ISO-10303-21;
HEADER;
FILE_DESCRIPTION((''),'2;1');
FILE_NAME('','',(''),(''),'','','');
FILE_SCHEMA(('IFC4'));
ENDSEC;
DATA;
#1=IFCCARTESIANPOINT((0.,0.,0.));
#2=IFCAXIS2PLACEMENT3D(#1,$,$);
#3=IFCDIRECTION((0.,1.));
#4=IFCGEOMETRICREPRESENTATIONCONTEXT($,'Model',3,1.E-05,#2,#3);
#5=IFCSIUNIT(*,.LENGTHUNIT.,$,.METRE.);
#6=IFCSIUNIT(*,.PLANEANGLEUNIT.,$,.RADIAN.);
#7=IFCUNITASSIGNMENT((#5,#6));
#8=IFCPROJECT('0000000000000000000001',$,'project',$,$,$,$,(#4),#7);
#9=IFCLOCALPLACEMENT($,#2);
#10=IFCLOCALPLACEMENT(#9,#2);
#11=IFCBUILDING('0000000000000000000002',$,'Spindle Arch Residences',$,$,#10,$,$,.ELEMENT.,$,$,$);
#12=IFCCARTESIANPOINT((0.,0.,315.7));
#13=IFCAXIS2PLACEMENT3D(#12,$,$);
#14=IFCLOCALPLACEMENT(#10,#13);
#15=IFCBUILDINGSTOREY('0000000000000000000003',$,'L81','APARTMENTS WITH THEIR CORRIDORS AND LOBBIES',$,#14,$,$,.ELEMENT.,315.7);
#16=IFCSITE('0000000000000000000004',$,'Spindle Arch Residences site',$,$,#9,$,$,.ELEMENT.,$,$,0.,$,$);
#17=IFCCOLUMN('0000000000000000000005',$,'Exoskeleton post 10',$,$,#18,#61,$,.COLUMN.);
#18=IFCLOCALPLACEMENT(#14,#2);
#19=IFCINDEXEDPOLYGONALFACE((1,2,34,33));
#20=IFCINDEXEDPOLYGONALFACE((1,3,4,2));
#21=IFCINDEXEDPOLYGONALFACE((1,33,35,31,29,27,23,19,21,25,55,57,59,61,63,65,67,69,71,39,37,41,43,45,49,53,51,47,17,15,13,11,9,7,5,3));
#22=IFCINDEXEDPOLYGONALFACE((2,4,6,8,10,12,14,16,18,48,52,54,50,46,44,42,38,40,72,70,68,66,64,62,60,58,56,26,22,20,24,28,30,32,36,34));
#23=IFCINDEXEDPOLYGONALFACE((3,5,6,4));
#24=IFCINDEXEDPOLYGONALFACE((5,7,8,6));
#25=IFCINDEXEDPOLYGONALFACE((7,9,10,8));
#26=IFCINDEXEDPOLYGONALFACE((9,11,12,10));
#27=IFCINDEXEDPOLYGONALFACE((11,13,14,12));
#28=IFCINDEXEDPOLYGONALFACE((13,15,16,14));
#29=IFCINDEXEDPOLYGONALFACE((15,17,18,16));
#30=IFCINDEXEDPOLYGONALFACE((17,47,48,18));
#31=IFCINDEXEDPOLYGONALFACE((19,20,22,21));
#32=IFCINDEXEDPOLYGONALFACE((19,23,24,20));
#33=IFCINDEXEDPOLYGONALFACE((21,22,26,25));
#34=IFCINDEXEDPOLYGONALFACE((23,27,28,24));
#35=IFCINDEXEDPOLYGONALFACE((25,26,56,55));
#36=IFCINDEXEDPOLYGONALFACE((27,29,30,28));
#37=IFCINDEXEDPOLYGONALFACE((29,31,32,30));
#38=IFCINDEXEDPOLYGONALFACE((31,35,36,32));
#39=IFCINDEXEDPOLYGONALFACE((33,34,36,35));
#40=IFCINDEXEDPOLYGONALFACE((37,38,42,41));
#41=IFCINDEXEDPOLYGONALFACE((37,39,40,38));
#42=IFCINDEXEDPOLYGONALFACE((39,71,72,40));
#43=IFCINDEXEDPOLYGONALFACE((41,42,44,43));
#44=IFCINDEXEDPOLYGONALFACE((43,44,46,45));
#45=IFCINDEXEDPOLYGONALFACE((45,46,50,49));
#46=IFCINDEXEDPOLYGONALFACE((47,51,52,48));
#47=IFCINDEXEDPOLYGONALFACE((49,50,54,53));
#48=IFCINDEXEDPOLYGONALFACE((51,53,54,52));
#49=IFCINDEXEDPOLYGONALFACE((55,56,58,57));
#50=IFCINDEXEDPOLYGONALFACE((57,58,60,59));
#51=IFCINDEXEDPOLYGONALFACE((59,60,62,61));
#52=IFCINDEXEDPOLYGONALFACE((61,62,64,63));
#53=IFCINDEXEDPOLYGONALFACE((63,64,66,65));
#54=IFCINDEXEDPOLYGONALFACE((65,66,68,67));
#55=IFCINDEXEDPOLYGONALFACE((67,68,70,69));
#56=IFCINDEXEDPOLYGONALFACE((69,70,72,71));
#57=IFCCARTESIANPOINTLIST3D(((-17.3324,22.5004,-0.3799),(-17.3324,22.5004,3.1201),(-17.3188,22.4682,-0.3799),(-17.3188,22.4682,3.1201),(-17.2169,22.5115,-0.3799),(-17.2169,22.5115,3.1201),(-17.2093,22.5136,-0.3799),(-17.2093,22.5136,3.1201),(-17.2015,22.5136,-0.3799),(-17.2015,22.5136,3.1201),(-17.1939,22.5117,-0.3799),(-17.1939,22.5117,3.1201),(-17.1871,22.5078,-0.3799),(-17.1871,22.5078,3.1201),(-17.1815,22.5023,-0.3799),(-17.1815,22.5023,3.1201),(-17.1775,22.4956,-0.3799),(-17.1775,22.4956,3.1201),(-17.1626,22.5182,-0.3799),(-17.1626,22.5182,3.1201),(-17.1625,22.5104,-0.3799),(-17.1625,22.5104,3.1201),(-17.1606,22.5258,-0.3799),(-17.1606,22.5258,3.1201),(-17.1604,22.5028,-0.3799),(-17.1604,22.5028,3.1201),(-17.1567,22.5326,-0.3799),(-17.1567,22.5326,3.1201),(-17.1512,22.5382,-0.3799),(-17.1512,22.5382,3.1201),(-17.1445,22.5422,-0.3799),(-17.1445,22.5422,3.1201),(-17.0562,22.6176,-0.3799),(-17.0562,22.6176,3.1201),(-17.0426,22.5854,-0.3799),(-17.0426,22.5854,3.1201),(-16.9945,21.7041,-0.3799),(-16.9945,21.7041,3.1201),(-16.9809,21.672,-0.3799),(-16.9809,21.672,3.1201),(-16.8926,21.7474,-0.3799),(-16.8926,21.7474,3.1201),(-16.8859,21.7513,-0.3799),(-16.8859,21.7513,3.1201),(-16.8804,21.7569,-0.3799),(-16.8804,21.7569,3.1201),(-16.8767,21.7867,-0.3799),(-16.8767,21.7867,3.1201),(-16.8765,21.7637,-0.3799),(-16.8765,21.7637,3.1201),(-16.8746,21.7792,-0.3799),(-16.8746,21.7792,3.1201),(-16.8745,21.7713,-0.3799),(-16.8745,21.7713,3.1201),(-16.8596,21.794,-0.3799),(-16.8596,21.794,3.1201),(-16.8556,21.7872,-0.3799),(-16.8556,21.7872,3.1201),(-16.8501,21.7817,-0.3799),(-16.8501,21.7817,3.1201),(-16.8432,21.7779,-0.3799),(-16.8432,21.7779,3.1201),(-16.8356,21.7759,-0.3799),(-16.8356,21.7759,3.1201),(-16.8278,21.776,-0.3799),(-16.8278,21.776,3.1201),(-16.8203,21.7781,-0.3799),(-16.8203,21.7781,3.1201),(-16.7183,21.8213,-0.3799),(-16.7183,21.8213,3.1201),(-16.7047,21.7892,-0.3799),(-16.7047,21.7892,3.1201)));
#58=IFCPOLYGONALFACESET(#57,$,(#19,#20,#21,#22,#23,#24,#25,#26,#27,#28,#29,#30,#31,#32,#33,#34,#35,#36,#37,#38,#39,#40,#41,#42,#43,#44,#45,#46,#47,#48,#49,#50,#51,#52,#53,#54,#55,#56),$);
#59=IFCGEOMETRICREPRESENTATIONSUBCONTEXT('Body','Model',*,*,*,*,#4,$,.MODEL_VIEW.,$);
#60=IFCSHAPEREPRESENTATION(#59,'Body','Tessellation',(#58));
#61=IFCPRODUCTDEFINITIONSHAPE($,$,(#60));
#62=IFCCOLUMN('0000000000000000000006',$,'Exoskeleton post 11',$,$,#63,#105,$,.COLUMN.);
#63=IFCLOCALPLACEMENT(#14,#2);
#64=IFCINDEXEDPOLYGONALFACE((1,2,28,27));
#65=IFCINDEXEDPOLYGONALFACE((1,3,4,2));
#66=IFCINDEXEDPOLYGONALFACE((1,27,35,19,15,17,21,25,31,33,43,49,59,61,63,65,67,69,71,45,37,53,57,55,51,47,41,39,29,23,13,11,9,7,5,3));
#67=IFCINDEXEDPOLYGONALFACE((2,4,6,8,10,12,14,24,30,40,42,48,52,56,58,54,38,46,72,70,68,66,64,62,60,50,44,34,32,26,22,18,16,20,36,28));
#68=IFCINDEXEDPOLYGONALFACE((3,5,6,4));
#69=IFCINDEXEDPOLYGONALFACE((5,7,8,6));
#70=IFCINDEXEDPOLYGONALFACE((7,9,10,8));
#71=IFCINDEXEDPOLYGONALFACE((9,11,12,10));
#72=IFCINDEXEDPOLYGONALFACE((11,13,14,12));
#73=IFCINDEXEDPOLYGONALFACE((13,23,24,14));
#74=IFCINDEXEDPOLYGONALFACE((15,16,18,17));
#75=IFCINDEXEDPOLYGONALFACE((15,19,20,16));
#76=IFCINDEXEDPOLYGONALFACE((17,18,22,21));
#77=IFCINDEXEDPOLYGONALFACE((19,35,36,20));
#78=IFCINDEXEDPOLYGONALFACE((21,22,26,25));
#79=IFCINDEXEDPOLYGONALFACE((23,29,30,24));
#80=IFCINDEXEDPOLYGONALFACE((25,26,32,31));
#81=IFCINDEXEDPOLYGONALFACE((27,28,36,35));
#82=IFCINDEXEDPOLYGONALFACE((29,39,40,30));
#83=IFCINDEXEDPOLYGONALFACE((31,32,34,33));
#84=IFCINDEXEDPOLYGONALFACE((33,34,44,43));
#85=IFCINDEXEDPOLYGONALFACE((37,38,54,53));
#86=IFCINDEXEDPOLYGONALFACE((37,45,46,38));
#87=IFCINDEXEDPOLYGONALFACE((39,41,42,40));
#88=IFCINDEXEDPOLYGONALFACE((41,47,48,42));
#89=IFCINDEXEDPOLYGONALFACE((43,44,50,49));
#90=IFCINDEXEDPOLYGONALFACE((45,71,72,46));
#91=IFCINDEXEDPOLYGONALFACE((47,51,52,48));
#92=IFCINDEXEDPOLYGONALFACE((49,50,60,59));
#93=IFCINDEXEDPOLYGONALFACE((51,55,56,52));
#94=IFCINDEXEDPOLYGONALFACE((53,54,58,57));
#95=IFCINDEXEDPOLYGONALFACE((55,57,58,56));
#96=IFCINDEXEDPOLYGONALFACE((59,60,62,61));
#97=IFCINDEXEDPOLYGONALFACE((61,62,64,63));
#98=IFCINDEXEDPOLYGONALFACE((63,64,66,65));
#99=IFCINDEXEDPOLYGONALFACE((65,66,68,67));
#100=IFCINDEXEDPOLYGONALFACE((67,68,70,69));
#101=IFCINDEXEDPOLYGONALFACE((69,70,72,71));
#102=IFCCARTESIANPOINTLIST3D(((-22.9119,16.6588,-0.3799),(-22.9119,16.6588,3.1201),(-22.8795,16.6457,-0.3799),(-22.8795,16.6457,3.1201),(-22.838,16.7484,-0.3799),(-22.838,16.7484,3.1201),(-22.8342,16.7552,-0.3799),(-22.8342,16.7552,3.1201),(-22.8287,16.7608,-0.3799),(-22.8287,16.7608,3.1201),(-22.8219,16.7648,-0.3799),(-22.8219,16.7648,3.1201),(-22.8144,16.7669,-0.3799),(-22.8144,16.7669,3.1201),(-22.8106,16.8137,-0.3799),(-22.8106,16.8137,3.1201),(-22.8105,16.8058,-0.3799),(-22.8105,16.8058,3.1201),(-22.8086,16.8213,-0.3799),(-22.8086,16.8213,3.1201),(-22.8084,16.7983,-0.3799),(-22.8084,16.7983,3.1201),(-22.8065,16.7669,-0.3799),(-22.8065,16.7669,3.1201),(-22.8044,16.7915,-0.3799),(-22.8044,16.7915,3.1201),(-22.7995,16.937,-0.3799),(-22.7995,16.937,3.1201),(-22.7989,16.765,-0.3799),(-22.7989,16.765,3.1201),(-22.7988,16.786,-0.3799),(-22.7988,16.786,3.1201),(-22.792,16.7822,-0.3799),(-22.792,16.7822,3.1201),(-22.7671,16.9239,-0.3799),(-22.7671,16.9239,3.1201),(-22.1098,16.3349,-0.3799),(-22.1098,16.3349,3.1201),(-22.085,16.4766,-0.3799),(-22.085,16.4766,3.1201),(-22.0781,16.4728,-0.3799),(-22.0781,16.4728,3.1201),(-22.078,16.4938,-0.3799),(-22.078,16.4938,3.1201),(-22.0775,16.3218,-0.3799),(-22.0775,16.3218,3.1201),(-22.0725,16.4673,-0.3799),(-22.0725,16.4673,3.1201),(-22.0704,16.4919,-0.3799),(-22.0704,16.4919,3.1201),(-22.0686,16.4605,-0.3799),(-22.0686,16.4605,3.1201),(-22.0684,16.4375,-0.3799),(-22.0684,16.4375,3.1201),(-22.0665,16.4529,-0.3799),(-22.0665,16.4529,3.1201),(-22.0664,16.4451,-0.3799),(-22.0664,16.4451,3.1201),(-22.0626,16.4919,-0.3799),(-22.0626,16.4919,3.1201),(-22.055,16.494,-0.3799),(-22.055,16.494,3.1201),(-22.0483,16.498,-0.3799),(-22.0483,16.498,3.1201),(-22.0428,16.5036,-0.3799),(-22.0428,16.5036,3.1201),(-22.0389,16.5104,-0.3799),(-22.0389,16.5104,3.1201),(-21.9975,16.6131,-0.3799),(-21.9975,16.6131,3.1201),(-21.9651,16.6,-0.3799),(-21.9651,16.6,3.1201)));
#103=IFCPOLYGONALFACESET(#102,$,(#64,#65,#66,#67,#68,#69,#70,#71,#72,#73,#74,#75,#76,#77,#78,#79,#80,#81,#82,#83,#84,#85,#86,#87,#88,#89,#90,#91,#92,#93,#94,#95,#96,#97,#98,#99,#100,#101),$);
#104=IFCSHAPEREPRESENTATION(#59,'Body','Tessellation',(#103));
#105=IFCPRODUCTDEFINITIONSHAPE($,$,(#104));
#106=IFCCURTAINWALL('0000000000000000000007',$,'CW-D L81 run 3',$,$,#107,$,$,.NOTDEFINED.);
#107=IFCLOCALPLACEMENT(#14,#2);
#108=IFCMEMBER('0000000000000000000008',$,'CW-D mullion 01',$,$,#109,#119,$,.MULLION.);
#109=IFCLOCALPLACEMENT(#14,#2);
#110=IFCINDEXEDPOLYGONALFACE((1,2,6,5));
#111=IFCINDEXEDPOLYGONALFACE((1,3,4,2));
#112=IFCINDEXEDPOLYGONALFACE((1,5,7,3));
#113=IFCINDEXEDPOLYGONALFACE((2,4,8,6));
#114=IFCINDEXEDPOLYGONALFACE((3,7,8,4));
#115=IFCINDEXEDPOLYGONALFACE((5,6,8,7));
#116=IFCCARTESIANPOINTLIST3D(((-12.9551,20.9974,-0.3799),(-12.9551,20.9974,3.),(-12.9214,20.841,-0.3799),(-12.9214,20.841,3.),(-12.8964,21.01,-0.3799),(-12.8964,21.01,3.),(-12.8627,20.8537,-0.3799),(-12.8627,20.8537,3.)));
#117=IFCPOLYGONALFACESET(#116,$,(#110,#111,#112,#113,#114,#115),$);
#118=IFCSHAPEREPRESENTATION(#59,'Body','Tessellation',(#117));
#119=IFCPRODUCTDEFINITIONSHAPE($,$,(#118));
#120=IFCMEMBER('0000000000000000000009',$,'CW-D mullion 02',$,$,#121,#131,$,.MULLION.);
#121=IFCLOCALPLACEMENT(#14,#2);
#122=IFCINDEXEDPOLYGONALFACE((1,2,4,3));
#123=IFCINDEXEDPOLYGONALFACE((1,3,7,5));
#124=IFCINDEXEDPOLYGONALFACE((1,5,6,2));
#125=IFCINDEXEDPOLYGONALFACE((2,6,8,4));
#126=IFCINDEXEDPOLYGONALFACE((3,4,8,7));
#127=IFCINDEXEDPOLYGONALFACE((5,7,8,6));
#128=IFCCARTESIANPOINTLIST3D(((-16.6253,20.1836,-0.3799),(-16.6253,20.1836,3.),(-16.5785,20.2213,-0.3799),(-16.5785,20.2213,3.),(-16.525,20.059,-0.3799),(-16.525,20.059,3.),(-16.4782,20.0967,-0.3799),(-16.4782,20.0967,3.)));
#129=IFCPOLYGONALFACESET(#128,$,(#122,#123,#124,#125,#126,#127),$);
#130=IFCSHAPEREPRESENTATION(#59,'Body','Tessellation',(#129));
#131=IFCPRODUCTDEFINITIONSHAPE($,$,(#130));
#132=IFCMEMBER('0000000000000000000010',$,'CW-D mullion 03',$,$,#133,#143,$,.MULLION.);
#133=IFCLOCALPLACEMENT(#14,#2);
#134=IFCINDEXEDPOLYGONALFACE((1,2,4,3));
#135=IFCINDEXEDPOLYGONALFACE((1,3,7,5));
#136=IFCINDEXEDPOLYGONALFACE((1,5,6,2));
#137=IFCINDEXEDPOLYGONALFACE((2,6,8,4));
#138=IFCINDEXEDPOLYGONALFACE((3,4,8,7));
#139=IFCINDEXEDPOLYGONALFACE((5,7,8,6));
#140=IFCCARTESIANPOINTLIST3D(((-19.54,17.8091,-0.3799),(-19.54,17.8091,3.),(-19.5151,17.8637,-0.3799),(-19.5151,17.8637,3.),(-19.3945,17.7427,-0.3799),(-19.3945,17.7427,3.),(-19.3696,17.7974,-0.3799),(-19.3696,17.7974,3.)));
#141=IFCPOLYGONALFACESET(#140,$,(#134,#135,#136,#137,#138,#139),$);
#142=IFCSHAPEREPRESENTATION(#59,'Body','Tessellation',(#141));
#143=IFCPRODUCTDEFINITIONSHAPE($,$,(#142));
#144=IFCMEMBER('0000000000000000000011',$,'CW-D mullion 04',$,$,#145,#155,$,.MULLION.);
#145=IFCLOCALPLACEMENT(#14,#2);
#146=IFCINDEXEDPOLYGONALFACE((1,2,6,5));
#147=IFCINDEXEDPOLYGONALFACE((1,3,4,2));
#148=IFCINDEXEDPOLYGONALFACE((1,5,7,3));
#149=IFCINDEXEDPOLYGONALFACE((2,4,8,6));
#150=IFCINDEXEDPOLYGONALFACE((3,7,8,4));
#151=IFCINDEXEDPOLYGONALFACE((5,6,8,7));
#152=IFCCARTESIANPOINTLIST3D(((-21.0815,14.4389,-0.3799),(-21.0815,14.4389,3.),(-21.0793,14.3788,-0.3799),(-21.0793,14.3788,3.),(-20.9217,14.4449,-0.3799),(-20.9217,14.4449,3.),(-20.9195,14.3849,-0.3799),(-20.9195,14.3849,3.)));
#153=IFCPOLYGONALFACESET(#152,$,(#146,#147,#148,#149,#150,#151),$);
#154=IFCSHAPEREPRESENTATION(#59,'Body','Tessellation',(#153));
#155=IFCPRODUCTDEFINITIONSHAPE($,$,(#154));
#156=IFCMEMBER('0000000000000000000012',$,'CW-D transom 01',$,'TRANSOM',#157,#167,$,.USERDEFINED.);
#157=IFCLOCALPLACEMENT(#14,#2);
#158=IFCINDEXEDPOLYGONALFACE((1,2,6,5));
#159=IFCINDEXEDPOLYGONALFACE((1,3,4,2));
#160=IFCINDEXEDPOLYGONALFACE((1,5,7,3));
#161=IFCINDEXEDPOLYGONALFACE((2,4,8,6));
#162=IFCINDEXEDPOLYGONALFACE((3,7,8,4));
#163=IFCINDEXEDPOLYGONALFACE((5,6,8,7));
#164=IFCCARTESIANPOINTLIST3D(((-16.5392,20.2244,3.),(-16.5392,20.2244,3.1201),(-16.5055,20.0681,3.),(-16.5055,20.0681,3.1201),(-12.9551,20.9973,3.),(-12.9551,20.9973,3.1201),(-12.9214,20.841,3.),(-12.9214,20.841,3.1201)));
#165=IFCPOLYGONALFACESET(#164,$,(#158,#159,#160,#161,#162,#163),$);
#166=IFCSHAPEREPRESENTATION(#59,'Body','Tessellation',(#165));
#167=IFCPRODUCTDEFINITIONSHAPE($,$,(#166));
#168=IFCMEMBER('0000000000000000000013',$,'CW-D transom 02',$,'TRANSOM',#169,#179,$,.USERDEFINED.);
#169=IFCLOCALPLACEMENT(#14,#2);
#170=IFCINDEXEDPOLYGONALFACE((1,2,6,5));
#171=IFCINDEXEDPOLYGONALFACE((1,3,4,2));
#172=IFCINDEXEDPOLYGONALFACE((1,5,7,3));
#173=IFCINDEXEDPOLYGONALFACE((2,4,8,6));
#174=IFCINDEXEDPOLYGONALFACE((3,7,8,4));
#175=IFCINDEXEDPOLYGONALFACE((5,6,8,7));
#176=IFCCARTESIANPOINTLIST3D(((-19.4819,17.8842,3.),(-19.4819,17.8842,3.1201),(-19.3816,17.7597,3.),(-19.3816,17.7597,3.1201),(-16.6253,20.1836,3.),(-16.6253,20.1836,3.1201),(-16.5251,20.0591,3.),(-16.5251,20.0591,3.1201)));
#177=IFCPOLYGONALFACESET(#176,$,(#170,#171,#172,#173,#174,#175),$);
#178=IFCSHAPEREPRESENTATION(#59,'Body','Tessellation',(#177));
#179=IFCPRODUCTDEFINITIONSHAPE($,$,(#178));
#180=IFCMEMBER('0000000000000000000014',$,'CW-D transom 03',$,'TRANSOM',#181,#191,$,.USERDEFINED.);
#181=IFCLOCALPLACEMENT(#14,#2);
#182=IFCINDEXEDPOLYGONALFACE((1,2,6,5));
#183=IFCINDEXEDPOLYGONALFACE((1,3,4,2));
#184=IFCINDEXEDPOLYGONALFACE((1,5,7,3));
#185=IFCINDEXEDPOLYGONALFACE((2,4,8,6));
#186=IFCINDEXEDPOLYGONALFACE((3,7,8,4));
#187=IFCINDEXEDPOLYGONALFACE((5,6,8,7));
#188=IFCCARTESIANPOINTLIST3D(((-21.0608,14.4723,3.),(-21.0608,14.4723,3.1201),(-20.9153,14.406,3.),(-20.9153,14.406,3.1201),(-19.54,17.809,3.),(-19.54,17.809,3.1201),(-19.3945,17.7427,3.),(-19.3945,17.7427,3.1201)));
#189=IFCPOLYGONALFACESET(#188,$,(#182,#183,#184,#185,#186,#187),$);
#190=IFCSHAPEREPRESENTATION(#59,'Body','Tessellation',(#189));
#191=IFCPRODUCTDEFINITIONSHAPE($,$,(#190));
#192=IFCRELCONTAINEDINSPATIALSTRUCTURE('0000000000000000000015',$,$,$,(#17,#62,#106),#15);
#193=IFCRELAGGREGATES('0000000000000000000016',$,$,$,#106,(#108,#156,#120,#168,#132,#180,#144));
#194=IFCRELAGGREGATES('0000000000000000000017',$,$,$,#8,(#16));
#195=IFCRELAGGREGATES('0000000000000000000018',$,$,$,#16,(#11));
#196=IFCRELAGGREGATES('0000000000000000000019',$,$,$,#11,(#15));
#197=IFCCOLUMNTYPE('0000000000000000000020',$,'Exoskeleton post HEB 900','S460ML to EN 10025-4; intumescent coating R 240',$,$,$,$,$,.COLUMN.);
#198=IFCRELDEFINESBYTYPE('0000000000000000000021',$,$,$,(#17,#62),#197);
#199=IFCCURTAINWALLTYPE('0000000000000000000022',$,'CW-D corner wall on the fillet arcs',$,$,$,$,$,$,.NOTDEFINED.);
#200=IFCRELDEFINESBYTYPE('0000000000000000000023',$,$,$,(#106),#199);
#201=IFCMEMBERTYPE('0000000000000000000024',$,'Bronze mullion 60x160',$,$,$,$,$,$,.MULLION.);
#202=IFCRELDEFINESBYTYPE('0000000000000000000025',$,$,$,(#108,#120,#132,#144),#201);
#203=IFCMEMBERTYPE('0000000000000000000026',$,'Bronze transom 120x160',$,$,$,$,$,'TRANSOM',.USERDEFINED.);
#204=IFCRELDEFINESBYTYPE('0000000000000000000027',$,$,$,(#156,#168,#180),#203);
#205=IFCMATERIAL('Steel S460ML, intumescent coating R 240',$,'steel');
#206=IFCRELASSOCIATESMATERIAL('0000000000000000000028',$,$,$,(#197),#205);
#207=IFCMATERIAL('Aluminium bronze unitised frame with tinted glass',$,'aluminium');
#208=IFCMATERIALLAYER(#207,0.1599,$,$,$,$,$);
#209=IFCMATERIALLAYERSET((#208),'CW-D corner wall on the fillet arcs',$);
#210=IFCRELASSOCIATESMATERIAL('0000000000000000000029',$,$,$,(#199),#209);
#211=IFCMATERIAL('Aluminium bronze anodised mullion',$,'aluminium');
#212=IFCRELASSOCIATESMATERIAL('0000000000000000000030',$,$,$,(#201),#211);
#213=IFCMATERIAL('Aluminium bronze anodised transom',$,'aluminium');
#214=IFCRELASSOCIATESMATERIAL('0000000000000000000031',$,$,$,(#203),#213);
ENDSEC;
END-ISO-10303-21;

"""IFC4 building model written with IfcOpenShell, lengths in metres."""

from ifc_helpers import new_model, si_unit, direction, frame, origin, origin_2d, place, context, subcontext, project, spatial, rectangle, i_section, extrude, material, layer, layer_set, material_profile, profile_set, type_object, element, aggregate, save


model = new_model("IFC4")

# Units and contexts
model_context = context("Model", 3, precision=1e-05, world=origin(), true_north=direction((0.0, 1.0)))
body_context = subcontext(model_context, "Body", "Model", "MODEL_VIEW")
ifc_project = project(units=[si_unit("LENGTHUNIT", "METRE"), si_unit("PLANEANGLEUNIT", "RADIAN")], contexts=[model_context])

# Site, building, storey
site_placement = place(None, origin())
site = spatial("IfcSite", under=ifc_project, at=site_placement, Name="Spindle Arch Residences site", CompositionType="ELEMENT", RefElevation=0.0)
building_placement = place(site_placement, origin())
building = spatial("IfcBuilding", under=site, at=building_placement, Name="Spindle Arch Residences", CompositionType="ELEMENT")
storey_placement = place(building_placement, frame((0.0, 0.0, 315.7)))
storey = spatial("IfcBuildingStorey", under=building, at=storey_placement, Name="L81", Description="APARTMENTS WITH THEIR CORRIDORS AND LOBBIES", CompositionType="ELEMENT", Elevation=315.7)

# Columns
ifc_material_1 = material(Name="Steel S460ML, intumescent coating R 240", Category="steel")
ifc_material_profile_1 = material_profile(ifc_material_1, i_section(OverallWidth=0.3, OverallDepth=0.8999, WebThickness=0.0186, FlangeThickness=0.0349, FilletRadius=0.03, at=origin_2d()), Name="HEB 900")
ifc_profile_set_1 = profile_set([ifc_material_profile_1], Name="Steel S460ML, intumescent coating R 240")
column_type = type_object("IfcColumnType", Name="Exoskeleton post HEB 900", Description="S460ML to EN 10025-4; intumescent coating R 240", PredefinedType="COLUMN", material=ifc_profile_set_1)
for number, where, z_axis, x_axis, name in (
    (1, (-17.0186, 22.1448, -0.3799), (0.0, 0.0, 1.0), (0.920554, 0.390614, 0.0), "Exoskeleton post 10"),
    (2, (-22.4385, 16.6294, -0.3799), (0.0, 0.0, 1.0), (0.374489, 0.927231, 0.0), "Exoskeleton post 11"),
):
    element("IfcColumn", number, at=place(storey_placement, frame(where, z_axis=z_axis, x_axis=x_axis)), inside=storey, type_object=column_type, Name=name, PredefinedType="COLUMN", context=body_context, shape_type="SweptSolid", body=[
        extrude(i_section(OverallWidth=0.3, OverallDepth=0.8999, WebThickness=0.0186, FlangeThickness=0.0349, FilletRadius=0.03, at=origin_2d()), origin(), (0.0, 0.0, 1.0), 3.5),
    ])

# Curtain wall, members
ifc_material_2 = material(Name="Aluminium bronze unitised frame with tinted glass", Category="aluminium")
ifc_layer_1 = layer(ifc_material_2, 0.1599)
ifc_layer_set_1 = layer_set([ifc_layer_1], Name="CW-D corner wall on the fillet arcs")
curtain_wall_type = type_object("IfcCurtainWallType", Name="CW-D corner wall on the fillet arcs", PredefinedType="NOTDEFINED", material=ifc_layer_set_1)
curtain_wall_placement = place(storey_placement, origin())
curtain_wall = element("IfcCurtainWall", 3, at=curtain_wall_placement, inside=storey, type_object=curtain_wall_type, Name="CW-D L81 run 3", PredefinedType="NOTDEFINED")
ifc_material_3 = material(Name="Aluminium bronze anodised mullion", Category="aluminium")
ifc_material_profile_2 = material_profile(ifc_material_3, rectangle(XDim=0.1599, YDim=0.0601, at=origin_2d()), Name="MU 60x160")
ifc_profile_set_2 = profile_set([ifc_material_profile_2], Name="Aluminium bronze anodised mullion")
member_type_1 = type_object("IfcMemberType", Name="Bronze mullion 60x160", PredefinedType="MULLION", material=ifc_profile_set_2)
member_1_placement = place(storey_placement, frame((-12.9089, 20.9255, -0.3799), z_axis=(0.0, 0.0, 1.0), x_axis=(0.210756, -0.977539, 0.0)))
member_1 = element("IfcMember", 4, at=member_1_placement, type_object=member_type_1, Name="CW-D mullion 01", PredefinedType="MULLION", context=body_context, shape_type="SweptSolid", body=[
    extrude(rectangle(XDim=0.1599, YDim=0.0601, at=origin_2d()), origin(), (0.0, 0.0, 1.0), 3.3799),
])
member_2_placement = place(storey_placement, frame((-16.5518, 20.1401, -0.3799), z_axis=(0.0, 0.0, 1.0), x_axis=(0.627057, -0.778973, 0.0)))
member_2 = element("IfcMember", 5, at=member_2_placement, type_object=member_type_1, Name="CW-D mullion 02", PredefinedType="MULLION", context=body_context, shape_type="SweptSolid", body=[
    extrude(rectangle(XDim=0.1599, YDim=0.0601, at=origin_2d()), origin(), (0.0, 0.0, 1.0), 3.3799),
])
member_3_placement = place(storey_placement, frame((-19.4548, 17.8032, -0.3799), z_axis=(0.0, 0.0, 1.0), x_axis=(0.909961, -0.414693, 0.0)))
member_3 = element("IfcMember", 6, at=member_3_placement, type_object=member_type_1, Name="CW-D mullion 03", PredefinedType="MULLION", context=body_context, shape_type="SweptSolid", body=[
    extrude(rectangle(XDim=0.1599, YDim=0.0601, at=origin_2d()), origin(), (0.0, 0.0, 1.0), 3.3799),
])
member_4_placement = place(storey_placement, frame((-21.0005, 14.4119, -0.3799), z_axis=(0.0, 0.0, 1.0), x_axis=(0.999285, 0.037806, 0.0)))
member_4 = element("IfcMember", 7, at=member_4_placement, type_object=member_type_1, Name="CW-D mullion 04", PredefinedType="MULLION", context=body_context, shape_type="SweptSolid", body=[
    extrude(rectangle(XDim=0.1599, YDim=0.0601, at=origin_2d()), origin(), (0.0, 0.0, 1.0), 3.3799),
])
ifc_material_4 = material(Name="Aluminium bronze anodised transom", Category="aluminium")
ifc_material_profile_3 = material_profile(ifc_material_4, rectangle(XDim=0.1599, YDim=0.1201, at=origin_2d()), Name="TR 120x160")
ifc_profile_set_3 = profile_set([ifc_material_profile_3], Name="Aluminium bronze anodised transom")
member_type_2 = type_object("IfcMemberType", Name="Bronze transom 120x160", ElementType="TRANSOM", PredefinedType="USERDEFINED", material=ifc_profile_set_3)
member_5_placement = place(storey_placement, frame((-12.9382, 20.9192, 3.0601), z_axis=(-0.977528, -0.210807, 0.0), x_axis=(0.210807, -0.977528, 0.0)))
member_5 = element("IfcMember", 8, at=member_5_placement, type_object=member_type_2, Name="CW-D transom 01", ObjectType="TRANSOM", PredefinedType="USERDEFINED", context=body_context, shape_type="SweptSolid", body=[
    extrude(rectangle(XDim=0.1599, YDim=0.1201, at=origin_2d()), origin(), (0.0, 0.0, 1.0), 3.6665),
])
member_6_placement = place(storey_placement, frame((-16.5752, 20.1213, 3.0601), z_axis=(-0.778982, -0.627047, 0.0), x_axis=(0.627047, -0.778982, 0.0)))
member_6 = element("IfcMember", 9, at=member_6_placement, type_object=member_type_2, Name="CW-D transom 02", ObjectType="TRANSOM", PredefinedType="USERDEFINED", context=body_context, shape_type="SweptSolid", body=[
    extrude(rectangle(XDim=0.1599, YDim=0.1201, at=origin_2d()), origin(), (0.0, 0.0, 1.0), 3.667),
])
member_7_placement = place(storey_placement, frame((-19.4673, 17.7759, 3.0601), z_axis=(-0.414726, -0.909946, 0.0), x_axis=(0.909946, -0.414726, 0.0)))
member_7 = element("IfcMember", 10, at=member_7_placement, type_object=member_type_2, Name="CW-D transom 03", ObjectType="TRANSOM", PredefinedType="USERDEFINED", context=body_context, shape_type="SweptSolid", body=[
    extrude(rectangle(XDim=0.1599, YDim=0.1201, at=origin_2d()), origin(), (0.0, 0.0, 1.0), 3.667),
])

aggregate(curtain_wall, [member_1, member_5, member_2, member_6, member_3, member_7, member_4])

save(model, "model.ifc")
